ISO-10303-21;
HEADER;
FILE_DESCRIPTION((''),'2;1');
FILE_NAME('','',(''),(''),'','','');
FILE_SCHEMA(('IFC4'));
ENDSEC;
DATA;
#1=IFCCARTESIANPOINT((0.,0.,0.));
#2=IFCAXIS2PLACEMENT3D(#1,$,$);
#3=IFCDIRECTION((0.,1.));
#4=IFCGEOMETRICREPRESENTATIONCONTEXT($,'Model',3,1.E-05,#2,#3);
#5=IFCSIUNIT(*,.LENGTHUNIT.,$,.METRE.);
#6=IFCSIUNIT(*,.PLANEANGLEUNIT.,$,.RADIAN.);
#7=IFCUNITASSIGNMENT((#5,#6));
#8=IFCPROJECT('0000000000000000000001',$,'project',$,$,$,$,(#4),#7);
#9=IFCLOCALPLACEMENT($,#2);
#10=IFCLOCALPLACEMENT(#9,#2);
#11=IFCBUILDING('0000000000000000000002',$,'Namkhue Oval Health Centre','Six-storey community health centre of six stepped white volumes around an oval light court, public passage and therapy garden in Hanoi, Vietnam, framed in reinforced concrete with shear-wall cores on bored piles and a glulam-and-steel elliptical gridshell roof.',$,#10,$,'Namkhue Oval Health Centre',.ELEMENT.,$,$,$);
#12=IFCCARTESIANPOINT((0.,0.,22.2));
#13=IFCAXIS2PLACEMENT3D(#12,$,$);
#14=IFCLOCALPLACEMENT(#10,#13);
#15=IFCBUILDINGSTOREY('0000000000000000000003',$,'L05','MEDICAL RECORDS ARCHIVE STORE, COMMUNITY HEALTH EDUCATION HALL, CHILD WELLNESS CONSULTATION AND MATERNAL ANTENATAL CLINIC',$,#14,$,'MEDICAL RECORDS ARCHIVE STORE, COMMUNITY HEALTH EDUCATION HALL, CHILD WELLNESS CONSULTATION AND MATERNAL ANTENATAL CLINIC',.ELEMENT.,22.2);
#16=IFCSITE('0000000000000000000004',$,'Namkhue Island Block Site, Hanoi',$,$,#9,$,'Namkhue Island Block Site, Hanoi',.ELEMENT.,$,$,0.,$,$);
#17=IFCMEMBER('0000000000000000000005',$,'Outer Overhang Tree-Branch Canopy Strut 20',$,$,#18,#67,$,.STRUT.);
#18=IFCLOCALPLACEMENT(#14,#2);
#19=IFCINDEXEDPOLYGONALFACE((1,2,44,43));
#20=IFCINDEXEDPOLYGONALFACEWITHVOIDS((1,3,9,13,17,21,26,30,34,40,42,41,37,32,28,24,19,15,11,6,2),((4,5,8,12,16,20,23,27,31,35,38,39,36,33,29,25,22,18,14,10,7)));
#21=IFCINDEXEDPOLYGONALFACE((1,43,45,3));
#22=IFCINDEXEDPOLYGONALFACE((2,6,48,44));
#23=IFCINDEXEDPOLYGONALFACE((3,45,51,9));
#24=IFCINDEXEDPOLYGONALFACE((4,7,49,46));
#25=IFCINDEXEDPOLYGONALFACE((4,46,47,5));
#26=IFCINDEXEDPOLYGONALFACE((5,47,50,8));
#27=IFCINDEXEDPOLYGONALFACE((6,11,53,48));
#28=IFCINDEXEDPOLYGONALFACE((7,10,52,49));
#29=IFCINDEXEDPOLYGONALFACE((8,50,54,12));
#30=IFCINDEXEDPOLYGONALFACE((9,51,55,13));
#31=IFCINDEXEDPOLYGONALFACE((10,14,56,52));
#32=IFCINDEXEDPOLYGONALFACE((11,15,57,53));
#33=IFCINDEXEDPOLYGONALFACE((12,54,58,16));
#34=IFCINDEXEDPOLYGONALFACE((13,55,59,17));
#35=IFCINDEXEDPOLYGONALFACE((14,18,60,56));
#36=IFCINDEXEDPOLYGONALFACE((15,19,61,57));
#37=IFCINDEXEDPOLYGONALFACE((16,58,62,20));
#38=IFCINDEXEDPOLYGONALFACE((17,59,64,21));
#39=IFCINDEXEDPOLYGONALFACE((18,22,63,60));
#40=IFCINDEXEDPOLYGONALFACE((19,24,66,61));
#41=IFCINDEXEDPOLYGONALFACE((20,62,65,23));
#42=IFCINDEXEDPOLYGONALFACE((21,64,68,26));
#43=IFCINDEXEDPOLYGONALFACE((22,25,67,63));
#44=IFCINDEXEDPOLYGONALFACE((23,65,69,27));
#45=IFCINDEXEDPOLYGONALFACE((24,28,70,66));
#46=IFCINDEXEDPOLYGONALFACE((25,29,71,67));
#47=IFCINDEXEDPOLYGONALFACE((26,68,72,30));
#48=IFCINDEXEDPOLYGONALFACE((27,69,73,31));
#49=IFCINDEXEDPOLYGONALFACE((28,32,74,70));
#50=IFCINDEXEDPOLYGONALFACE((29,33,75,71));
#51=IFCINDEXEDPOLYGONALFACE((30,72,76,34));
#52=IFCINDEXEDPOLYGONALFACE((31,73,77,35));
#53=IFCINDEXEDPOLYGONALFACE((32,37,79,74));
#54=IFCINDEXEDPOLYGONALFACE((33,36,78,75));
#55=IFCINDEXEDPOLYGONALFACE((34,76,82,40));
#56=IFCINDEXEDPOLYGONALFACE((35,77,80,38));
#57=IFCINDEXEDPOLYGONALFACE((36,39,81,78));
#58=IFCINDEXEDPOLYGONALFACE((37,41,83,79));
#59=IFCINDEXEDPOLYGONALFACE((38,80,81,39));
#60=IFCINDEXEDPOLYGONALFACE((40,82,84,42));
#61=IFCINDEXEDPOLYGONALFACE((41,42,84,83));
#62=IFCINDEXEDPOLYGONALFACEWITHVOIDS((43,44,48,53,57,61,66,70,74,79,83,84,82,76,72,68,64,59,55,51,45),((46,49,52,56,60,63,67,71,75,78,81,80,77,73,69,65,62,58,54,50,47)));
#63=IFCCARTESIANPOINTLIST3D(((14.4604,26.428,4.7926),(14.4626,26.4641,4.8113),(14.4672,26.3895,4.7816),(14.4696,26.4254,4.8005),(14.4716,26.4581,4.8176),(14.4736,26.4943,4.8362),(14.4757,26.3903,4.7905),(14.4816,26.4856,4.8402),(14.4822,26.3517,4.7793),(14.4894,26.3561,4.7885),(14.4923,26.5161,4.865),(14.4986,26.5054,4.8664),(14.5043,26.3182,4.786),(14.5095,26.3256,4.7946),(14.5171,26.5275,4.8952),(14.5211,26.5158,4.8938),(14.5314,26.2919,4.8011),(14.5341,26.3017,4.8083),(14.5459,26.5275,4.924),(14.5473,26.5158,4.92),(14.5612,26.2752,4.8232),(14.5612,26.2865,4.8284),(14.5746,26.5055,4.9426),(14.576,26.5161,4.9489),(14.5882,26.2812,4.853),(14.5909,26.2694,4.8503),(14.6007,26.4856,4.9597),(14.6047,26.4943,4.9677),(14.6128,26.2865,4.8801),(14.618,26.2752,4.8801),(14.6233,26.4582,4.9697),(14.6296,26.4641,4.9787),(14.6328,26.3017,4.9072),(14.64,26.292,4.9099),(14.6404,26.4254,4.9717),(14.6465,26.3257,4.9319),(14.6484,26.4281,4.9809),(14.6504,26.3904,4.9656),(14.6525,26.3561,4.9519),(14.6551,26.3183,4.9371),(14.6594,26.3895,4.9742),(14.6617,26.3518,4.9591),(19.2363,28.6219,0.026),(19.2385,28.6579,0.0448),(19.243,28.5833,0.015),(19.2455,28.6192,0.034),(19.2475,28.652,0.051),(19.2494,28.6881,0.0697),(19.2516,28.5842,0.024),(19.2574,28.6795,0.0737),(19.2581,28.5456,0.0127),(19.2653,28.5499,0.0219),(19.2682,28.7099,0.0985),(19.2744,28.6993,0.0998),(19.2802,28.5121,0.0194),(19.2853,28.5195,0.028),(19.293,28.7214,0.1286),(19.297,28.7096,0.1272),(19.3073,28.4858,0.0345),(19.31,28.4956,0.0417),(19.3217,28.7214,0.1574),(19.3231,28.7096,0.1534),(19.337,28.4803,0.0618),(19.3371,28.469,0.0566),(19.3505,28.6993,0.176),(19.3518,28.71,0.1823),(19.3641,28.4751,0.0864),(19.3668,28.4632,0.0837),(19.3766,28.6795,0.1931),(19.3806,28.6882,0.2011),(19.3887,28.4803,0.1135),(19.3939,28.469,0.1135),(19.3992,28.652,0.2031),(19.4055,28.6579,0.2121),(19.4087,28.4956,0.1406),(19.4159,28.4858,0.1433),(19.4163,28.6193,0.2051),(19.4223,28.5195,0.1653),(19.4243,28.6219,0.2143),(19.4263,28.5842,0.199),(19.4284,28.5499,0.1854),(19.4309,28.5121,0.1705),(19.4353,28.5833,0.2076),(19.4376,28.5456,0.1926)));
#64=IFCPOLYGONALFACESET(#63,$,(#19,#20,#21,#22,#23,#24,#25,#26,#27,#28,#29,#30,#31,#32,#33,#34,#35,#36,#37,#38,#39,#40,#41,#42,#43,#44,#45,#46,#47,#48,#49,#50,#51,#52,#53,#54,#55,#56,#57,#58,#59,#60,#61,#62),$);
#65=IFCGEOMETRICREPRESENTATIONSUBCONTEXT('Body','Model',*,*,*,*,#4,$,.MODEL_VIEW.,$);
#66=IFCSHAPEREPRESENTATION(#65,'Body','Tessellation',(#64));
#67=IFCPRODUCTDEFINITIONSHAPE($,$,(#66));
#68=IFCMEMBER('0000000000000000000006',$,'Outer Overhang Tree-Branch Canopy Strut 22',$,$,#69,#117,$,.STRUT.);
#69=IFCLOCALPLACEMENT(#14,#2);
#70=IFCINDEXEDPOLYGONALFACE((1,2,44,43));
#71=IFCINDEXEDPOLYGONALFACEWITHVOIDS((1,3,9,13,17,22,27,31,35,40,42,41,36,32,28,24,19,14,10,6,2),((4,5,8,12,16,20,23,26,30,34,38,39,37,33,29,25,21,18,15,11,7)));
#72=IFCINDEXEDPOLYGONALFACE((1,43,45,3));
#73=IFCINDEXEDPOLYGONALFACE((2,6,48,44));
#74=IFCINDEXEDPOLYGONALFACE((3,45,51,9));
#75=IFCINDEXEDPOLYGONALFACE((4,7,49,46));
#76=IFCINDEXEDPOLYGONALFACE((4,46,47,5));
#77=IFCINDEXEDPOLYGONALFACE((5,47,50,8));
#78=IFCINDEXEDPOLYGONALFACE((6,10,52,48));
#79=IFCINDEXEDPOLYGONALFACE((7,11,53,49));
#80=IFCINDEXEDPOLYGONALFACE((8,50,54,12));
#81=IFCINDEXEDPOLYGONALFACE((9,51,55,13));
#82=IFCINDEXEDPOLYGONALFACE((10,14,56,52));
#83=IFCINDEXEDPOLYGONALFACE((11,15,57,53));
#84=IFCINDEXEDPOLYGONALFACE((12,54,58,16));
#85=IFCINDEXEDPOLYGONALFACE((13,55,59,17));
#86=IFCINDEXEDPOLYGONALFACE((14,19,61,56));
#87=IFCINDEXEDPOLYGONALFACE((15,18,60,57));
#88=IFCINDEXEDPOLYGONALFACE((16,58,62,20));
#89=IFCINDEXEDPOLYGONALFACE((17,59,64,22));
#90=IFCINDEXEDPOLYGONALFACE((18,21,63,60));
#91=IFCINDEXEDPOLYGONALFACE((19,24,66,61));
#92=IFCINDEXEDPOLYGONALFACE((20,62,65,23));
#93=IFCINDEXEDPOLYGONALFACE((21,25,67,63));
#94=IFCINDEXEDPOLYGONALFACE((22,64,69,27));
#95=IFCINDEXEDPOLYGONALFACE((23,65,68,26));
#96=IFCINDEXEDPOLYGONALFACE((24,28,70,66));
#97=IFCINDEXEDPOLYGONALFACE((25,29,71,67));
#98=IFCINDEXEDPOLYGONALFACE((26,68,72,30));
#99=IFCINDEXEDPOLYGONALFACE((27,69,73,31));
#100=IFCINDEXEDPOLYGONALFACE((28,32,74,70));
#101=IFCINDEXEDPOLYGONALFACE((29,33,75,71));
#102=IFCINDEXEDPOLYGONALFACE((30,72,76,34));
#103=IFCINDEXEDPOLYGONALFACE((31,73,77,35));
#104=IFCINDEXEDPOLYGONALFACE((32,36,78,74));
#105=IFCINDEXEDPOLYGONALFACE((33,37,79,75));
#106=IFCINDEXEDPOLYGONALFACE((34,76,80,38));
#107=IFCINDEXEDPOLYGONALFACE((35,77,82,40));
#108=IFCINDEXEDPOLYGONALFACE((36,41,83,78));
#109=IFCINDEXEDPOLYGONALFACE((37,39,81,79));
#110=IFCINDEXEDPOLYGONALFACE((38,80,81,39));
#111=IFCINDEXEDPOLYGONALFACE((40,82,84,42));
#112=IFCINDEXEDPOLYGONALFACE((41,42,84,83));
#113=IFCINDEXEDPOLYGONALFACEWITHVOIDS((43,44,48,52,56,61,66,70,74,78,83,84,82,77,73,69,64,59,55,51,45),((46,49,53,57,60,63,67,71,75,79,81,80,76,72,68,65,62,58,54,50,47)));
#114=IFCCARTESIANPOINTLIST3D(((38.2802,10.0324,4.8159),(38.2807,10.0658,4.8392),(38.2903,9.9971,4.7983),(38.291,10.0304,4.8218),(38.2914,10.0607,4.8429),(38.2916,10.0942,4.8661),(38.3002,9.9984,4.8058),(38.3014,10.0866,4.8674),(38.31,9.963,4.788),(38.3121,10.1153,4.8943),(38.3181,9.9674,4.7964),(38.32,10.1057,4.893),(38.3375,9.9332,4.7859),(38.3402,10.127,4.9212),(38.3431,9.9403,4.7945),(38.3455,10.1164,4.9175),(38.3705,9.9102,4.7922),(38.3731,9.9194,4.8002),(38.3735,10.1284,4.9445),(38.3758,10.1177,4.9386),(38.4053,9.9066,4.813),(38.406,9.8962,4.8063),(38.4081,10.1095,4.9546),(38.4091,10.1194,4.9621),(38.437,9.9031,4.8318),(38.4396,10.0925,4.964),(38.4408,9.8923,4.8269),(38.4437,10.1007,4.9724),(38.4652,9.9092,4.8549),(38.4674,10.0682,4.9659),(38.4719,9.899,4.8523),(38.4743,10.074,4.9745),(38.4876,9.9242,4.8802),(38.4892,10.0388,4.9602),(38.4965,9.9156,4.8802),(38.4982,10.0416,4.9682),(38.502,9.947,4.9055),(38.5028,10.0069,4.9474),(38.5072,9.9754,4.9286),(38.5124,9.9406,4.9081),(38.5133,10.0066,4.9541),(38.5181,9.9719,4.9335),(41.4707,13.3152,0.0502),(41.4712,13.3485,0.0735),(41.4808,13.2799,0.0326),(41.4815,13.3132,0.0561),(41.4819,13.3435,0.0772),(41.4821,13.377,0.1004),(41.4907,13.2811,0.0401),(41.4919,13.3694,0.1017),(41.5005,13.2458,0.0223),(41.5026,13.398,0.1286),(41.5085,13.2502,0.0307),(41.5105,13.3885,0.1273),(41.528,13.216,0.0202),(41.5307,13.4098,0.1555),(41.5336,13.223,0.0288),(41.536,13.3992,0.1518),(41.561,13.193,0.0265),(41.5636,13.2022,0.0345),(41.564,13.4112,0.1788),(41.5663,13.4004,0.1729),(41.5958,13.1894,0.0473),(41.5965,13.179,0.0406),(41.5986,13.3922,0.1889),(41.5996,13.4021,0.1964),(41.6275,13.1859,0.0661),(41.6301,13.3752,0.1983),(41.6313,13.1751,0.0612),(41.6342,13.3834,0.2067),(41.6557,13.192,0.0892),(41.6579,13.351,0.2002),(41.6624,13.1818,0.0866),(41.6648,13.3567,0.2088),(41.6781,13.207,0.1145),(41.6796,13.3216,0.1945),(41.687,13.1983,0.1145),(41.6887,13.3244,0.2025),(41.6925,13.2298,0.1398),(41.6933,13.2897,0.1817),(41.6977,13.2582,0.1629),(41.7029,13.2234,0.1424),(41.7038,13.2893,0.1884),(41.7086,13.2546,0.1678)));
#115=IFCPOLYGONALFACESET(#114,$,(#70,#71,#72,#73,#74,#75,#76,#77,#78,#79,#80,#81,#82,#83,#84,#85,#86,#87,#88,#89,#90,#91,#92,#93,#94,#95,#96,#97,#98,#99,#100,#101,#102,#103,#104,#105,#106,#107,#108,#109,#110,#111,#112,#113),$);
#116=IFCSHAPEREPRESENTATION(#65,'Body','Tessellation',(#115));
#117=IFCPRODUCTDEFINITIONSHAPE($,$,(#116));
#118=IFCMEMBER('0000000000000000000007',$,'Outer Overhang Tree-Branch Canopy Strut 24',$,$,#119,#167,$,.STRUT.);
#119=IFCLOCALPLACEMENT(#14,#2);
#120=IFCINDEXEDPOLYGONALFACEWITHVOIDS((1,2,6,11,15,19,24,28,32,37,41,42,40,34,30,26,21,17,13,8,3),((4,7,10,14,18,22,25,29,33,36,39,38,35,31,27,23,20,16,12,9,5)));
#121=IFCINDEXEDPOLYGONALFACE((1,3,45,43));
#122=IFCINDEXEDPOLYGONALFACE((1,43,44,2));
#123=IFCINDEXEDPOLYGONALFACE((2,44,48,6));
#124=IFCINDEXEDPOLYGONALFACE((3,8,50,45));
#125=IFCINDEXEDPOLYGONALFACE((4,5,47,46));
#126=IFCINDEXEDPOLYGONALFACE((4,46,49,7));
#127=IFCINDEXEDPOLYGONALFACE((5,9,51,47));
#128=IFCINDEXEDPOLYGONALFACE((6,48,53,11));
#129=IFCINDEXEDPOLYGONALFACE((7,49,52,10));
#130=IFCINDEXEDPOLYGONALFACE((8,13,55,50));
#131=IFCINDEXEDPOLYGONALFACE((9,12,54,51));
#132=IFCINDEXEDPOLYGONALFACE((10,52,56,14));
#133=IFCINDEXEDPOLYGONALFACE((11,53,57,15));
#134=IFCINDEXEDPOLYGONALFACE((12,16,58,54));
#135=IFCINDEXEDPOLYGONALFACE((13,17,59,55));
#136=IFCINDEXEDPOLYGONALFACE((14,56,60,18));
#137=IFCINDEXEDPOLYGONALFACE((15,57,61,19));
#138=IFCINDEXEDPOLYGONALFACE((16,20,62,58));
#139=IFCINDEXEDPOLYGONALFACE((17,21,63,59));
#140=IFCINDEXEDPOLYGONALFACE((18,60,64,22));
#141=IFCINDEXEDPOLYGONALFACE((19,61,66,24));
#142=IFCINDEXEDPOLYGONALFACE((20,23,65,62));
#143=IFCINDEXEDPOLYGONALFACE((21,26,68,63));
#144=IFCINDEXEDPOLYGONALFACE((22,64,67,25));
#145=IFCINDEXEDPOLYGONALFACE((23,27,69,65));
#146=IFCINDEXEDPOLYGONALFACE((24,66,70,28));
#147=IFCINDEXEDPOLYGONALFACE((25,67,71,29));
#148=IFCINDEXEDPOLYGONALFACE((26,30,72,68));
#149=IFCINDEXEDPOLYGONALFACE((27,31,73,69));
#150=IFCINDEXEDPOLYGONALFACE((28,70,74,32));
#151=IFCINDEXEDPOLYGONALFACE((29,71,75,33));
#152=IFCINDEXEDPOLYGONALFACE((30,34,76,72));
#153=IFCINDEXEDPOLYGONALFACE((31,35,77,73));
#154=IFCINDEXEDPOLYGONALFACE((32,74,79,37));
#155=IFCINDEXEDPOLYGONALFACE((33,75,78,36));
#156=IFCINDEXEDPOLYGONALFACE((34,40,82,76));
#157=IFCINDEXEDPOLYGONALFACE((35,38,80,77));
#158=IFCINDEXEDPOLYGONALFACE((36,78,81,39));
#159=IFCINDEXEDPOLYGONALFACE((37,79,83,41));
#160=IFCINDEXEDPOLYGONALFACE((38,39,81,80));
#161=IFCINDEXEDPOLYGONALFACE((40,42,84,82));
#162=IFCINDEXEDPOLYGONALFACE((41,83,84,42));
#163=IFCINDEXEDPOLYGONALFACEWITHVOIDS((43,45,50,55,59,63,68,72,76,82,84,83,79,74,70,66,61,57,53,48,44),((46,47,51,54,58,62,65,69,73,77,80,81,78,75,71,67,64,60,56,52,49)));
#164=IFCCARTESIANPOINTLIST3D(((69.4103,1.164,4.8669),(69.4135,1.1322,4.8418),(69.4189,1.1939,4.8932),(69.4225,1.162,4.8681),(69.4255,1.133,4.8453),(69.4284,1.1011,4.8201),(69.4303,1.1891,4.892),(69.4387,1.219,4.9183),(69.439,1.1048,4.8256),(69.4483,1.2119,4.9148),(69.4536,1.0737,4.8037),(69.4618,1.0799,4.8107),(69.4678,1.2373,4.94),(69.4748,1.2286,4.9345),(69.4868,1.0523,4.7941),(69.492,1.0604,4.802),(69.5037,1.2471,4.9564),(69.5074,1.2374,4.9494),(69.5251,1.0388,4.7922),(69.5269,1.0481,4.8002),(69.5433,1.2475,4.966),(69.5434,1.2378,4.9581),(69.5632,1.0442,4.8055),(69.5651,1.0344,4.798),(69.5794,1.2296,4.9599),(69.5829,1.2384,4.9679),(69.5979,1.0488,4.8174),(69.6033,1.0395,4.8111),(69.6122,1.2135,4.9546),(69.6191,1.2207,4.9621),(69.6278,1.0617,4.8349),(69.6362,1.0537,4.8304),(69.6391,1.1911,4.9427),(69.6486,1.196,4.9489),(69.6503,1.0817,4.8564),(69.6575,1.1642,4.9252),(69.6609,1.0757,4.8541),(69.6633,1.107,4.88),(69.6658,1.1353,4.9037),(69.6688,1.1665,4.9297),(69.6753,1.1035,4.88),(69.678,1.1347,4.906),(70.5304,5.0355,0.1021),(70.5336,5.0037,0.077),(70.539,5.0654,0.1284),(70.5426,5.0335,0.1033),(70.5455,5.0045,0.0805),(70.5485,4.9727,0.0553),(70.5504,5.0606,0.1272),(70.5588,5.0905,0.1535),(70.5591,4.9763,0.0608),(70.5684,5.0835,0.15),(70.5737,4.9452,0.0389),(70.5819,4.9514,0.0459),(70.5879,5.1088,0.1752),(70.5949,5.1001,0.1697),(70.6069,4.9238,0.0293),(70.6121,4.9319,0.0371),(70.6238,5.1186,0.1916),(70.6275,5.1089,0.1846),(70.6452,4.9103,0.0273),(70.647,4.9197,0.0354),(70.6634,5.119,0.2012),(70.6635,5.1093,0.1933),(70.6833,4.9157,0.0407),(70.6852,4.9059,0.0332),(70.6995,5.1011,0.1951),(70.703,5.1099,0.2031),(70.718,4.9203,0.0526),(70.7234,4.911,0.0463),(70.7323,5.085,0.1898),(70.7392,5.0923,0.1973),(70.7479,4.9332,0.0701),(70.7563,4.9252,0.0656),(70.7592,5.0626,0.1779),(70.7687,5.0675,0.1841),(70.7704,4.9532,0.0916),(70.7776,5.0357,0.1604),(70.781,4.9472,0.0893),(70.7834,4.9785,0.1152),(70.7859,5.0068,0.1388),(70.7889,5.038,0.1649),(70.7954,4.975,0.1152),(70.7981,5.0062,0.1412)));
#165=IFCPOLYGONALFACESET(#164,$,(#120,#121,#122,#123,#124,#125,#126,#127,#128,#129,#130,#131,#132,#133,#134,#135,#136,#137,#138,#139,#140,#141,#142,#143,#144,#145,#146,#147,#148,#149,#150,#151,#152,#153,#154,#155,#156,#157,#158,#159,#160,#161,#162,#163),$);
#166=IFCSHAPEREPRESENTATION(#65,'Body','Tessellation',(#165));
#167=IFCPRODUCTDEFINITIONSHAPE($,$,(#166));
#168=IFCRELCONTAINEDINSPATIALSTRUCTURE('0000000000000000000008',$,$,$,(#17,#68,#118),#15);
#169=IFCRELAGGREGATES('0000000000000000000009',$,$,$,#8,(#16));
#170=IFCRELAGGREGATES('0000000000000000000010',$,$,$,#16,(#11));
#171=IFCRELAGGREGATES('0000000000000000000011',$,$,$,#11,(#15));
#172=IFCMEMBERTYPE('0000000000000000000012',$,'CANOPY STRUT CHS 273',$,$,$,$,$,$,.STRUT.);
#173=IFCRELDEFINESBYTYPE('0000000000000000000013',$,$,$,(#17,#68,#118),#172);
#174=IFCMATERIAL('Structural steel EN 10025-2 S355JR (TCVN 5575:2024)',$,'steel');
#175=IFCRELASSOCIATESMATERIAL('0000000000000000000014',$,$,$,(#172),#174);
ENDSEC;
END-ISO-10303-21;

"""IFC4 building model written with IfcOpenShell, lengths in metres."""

from ifc_helpers import new_model, si_unit, direction, frame, origin, origin_2d, place, context, subcontext, project, spatial, hollow_circle, extrude, material, material_profile, profile_set, type_object, element, save


model = new_model("IFC4")

# Units and contexts
model_context = context("Model", 3, precision=1e-05, world=origin(), true_north=direction((0.0, 1.0)))
body_context = subcontext(model_context, "Body", "Model", "MODEL_VIEW")
ifc_project = project(units=[si_unit("LENGTHUNIT", "METRE"), si_unit("PLANEANGLEUNIT", "RADIAN")], contexts=[model_context])

# Site, building, storey
site_placement = place(None, origin())
site = spatial("IfcSite", under=ifc_project, at=site_placement, Name="Namkhue Island Block Site, Hanoi", LongName="Namkhue Island Block Site, Hanoi", CompositionType="ELEMENT", RefElevation=0.0)
building_placement = place(site_placement, origin())
building = spatial("IfcBuilding", under=site, at=building_placement, Name="Namkhue Oval Health Centre", Description="Six-storey community health centre of six stepped white volumes around an oval light court, public passage and therapy garden in Hanoi, Vietnam, framed in reinforced concrete with shear-wall cores on bored piles and a glulam-and-steel elliptical gridshell roof.", LongName="Namkhue Oval Health Centre", CompositionType="ELEMENT")
storey_placement = place(building_placement, frame((0.0, 0.0, 22.2)))
storey = spatial("IfcBuildingStorey", under=building, at=storey_placement, Name="L05", Description="MEDICAL RECORDS ARCHIVE STORE, COMMUNITY HEALTH EDUCATION HALL, CHILD WELLNESS CONSULTATION AND MATERNAL ANTENATAL CLINIC", LongName="MEDICAL RECORDS ARCHIVE STORE, COMMUNITY HEALTH EDUCATION HALL, CHILD WELLNESS CONSULTATION AND MATERNAL ANTENATAL CLINIC", CompositionType="ELEMENT", Elevation=22.2)

# Members
ifc_material_1 = material(Name="Structural steel EN 10025-2 S355JR (TCVN 5575:2024)", Category="steel")
ifc_material_profile_1 = material_profile(ifc_material_1, hollow_circle(Radius=0.1365, WallThickness=0.0125, at=origin_2d()), Name="CHS 273x12.5")
ifc_profile_set_1 = profile_set([ifc_material_profile_1], Name="Structural steel EN 10025-2 S355JR (TCVN 5575:2024)")
member_type_1 = type_object("IfcMemberType", Name="CANOPY STRUT CHS 273", PredefinedType="STRUT", material=ifc_profile_set_1)
member_1_placement = place(storey_placement, frame((19.3369, 28.593, 0.1135), z_axis=(-0.67311, -0.3092, 0.671802), x_axis=(0.417426, -0.908711, 0.0)))
element("IfcMember", 1, at=member_1_placement, inside=storey, type_object=member_type_1, Name="Outer Overhang Tree-Branch Canopy Strut 20", PredefinedType="STRUT", context=body_context, shape_type="SweptSolid", body=[
    extrude(hollow_circle(Radius=0.1365, WallThickness=0.0125, at=origin_2d()), origin(), (0.0, 0.0, 1.0), 7.0952),
])
member_2_placement = place(storey_placement, frame((41.5891, 13.2935, 0.1145), z_axis=(-0.48281, -0.496776, 0.721185), x_axis=(0.717115, -0.696955, 0.0)))
element("IfcMember", 2, at=member_2_placement, inside=storey, type_object=member_type_1, Name="Outer Overhang Tree-Branch Canopy Strut 22", PredefinedType="STRUT", context=body_context, shape_type="SweptSolid", body=[
    extrude(hollow_circle(Radius=0.1365, WallThickness=0.0125, at=origin_2d()), origin(), (0.0, 0.0, 1.0), 6.6082),
])
member_3_placement = place(storey_placement, frame((70.6643, 5.0129, 0.1152), z_axis=(-0.179482, -0.620363, 0.763503), x_axis=(0.960604, -0.27792, 0.0)))
element("IfcMember", 3, at=member_3_placement, inside=storey, type_object=member_type_1, Name="Outer Overhang Tree-Branch Canopy Strut 24", PredefinedType="STRUT", context=body_context, shape_type="SweptSolid", body=[
    extrude(hollow_circle(Radius=0.1365, WallThickness=0.0125, at=origin_2d()), origin(), (0.0, 0.0, 1.0), 6.2407),
])

save(model, "model.ifc")
